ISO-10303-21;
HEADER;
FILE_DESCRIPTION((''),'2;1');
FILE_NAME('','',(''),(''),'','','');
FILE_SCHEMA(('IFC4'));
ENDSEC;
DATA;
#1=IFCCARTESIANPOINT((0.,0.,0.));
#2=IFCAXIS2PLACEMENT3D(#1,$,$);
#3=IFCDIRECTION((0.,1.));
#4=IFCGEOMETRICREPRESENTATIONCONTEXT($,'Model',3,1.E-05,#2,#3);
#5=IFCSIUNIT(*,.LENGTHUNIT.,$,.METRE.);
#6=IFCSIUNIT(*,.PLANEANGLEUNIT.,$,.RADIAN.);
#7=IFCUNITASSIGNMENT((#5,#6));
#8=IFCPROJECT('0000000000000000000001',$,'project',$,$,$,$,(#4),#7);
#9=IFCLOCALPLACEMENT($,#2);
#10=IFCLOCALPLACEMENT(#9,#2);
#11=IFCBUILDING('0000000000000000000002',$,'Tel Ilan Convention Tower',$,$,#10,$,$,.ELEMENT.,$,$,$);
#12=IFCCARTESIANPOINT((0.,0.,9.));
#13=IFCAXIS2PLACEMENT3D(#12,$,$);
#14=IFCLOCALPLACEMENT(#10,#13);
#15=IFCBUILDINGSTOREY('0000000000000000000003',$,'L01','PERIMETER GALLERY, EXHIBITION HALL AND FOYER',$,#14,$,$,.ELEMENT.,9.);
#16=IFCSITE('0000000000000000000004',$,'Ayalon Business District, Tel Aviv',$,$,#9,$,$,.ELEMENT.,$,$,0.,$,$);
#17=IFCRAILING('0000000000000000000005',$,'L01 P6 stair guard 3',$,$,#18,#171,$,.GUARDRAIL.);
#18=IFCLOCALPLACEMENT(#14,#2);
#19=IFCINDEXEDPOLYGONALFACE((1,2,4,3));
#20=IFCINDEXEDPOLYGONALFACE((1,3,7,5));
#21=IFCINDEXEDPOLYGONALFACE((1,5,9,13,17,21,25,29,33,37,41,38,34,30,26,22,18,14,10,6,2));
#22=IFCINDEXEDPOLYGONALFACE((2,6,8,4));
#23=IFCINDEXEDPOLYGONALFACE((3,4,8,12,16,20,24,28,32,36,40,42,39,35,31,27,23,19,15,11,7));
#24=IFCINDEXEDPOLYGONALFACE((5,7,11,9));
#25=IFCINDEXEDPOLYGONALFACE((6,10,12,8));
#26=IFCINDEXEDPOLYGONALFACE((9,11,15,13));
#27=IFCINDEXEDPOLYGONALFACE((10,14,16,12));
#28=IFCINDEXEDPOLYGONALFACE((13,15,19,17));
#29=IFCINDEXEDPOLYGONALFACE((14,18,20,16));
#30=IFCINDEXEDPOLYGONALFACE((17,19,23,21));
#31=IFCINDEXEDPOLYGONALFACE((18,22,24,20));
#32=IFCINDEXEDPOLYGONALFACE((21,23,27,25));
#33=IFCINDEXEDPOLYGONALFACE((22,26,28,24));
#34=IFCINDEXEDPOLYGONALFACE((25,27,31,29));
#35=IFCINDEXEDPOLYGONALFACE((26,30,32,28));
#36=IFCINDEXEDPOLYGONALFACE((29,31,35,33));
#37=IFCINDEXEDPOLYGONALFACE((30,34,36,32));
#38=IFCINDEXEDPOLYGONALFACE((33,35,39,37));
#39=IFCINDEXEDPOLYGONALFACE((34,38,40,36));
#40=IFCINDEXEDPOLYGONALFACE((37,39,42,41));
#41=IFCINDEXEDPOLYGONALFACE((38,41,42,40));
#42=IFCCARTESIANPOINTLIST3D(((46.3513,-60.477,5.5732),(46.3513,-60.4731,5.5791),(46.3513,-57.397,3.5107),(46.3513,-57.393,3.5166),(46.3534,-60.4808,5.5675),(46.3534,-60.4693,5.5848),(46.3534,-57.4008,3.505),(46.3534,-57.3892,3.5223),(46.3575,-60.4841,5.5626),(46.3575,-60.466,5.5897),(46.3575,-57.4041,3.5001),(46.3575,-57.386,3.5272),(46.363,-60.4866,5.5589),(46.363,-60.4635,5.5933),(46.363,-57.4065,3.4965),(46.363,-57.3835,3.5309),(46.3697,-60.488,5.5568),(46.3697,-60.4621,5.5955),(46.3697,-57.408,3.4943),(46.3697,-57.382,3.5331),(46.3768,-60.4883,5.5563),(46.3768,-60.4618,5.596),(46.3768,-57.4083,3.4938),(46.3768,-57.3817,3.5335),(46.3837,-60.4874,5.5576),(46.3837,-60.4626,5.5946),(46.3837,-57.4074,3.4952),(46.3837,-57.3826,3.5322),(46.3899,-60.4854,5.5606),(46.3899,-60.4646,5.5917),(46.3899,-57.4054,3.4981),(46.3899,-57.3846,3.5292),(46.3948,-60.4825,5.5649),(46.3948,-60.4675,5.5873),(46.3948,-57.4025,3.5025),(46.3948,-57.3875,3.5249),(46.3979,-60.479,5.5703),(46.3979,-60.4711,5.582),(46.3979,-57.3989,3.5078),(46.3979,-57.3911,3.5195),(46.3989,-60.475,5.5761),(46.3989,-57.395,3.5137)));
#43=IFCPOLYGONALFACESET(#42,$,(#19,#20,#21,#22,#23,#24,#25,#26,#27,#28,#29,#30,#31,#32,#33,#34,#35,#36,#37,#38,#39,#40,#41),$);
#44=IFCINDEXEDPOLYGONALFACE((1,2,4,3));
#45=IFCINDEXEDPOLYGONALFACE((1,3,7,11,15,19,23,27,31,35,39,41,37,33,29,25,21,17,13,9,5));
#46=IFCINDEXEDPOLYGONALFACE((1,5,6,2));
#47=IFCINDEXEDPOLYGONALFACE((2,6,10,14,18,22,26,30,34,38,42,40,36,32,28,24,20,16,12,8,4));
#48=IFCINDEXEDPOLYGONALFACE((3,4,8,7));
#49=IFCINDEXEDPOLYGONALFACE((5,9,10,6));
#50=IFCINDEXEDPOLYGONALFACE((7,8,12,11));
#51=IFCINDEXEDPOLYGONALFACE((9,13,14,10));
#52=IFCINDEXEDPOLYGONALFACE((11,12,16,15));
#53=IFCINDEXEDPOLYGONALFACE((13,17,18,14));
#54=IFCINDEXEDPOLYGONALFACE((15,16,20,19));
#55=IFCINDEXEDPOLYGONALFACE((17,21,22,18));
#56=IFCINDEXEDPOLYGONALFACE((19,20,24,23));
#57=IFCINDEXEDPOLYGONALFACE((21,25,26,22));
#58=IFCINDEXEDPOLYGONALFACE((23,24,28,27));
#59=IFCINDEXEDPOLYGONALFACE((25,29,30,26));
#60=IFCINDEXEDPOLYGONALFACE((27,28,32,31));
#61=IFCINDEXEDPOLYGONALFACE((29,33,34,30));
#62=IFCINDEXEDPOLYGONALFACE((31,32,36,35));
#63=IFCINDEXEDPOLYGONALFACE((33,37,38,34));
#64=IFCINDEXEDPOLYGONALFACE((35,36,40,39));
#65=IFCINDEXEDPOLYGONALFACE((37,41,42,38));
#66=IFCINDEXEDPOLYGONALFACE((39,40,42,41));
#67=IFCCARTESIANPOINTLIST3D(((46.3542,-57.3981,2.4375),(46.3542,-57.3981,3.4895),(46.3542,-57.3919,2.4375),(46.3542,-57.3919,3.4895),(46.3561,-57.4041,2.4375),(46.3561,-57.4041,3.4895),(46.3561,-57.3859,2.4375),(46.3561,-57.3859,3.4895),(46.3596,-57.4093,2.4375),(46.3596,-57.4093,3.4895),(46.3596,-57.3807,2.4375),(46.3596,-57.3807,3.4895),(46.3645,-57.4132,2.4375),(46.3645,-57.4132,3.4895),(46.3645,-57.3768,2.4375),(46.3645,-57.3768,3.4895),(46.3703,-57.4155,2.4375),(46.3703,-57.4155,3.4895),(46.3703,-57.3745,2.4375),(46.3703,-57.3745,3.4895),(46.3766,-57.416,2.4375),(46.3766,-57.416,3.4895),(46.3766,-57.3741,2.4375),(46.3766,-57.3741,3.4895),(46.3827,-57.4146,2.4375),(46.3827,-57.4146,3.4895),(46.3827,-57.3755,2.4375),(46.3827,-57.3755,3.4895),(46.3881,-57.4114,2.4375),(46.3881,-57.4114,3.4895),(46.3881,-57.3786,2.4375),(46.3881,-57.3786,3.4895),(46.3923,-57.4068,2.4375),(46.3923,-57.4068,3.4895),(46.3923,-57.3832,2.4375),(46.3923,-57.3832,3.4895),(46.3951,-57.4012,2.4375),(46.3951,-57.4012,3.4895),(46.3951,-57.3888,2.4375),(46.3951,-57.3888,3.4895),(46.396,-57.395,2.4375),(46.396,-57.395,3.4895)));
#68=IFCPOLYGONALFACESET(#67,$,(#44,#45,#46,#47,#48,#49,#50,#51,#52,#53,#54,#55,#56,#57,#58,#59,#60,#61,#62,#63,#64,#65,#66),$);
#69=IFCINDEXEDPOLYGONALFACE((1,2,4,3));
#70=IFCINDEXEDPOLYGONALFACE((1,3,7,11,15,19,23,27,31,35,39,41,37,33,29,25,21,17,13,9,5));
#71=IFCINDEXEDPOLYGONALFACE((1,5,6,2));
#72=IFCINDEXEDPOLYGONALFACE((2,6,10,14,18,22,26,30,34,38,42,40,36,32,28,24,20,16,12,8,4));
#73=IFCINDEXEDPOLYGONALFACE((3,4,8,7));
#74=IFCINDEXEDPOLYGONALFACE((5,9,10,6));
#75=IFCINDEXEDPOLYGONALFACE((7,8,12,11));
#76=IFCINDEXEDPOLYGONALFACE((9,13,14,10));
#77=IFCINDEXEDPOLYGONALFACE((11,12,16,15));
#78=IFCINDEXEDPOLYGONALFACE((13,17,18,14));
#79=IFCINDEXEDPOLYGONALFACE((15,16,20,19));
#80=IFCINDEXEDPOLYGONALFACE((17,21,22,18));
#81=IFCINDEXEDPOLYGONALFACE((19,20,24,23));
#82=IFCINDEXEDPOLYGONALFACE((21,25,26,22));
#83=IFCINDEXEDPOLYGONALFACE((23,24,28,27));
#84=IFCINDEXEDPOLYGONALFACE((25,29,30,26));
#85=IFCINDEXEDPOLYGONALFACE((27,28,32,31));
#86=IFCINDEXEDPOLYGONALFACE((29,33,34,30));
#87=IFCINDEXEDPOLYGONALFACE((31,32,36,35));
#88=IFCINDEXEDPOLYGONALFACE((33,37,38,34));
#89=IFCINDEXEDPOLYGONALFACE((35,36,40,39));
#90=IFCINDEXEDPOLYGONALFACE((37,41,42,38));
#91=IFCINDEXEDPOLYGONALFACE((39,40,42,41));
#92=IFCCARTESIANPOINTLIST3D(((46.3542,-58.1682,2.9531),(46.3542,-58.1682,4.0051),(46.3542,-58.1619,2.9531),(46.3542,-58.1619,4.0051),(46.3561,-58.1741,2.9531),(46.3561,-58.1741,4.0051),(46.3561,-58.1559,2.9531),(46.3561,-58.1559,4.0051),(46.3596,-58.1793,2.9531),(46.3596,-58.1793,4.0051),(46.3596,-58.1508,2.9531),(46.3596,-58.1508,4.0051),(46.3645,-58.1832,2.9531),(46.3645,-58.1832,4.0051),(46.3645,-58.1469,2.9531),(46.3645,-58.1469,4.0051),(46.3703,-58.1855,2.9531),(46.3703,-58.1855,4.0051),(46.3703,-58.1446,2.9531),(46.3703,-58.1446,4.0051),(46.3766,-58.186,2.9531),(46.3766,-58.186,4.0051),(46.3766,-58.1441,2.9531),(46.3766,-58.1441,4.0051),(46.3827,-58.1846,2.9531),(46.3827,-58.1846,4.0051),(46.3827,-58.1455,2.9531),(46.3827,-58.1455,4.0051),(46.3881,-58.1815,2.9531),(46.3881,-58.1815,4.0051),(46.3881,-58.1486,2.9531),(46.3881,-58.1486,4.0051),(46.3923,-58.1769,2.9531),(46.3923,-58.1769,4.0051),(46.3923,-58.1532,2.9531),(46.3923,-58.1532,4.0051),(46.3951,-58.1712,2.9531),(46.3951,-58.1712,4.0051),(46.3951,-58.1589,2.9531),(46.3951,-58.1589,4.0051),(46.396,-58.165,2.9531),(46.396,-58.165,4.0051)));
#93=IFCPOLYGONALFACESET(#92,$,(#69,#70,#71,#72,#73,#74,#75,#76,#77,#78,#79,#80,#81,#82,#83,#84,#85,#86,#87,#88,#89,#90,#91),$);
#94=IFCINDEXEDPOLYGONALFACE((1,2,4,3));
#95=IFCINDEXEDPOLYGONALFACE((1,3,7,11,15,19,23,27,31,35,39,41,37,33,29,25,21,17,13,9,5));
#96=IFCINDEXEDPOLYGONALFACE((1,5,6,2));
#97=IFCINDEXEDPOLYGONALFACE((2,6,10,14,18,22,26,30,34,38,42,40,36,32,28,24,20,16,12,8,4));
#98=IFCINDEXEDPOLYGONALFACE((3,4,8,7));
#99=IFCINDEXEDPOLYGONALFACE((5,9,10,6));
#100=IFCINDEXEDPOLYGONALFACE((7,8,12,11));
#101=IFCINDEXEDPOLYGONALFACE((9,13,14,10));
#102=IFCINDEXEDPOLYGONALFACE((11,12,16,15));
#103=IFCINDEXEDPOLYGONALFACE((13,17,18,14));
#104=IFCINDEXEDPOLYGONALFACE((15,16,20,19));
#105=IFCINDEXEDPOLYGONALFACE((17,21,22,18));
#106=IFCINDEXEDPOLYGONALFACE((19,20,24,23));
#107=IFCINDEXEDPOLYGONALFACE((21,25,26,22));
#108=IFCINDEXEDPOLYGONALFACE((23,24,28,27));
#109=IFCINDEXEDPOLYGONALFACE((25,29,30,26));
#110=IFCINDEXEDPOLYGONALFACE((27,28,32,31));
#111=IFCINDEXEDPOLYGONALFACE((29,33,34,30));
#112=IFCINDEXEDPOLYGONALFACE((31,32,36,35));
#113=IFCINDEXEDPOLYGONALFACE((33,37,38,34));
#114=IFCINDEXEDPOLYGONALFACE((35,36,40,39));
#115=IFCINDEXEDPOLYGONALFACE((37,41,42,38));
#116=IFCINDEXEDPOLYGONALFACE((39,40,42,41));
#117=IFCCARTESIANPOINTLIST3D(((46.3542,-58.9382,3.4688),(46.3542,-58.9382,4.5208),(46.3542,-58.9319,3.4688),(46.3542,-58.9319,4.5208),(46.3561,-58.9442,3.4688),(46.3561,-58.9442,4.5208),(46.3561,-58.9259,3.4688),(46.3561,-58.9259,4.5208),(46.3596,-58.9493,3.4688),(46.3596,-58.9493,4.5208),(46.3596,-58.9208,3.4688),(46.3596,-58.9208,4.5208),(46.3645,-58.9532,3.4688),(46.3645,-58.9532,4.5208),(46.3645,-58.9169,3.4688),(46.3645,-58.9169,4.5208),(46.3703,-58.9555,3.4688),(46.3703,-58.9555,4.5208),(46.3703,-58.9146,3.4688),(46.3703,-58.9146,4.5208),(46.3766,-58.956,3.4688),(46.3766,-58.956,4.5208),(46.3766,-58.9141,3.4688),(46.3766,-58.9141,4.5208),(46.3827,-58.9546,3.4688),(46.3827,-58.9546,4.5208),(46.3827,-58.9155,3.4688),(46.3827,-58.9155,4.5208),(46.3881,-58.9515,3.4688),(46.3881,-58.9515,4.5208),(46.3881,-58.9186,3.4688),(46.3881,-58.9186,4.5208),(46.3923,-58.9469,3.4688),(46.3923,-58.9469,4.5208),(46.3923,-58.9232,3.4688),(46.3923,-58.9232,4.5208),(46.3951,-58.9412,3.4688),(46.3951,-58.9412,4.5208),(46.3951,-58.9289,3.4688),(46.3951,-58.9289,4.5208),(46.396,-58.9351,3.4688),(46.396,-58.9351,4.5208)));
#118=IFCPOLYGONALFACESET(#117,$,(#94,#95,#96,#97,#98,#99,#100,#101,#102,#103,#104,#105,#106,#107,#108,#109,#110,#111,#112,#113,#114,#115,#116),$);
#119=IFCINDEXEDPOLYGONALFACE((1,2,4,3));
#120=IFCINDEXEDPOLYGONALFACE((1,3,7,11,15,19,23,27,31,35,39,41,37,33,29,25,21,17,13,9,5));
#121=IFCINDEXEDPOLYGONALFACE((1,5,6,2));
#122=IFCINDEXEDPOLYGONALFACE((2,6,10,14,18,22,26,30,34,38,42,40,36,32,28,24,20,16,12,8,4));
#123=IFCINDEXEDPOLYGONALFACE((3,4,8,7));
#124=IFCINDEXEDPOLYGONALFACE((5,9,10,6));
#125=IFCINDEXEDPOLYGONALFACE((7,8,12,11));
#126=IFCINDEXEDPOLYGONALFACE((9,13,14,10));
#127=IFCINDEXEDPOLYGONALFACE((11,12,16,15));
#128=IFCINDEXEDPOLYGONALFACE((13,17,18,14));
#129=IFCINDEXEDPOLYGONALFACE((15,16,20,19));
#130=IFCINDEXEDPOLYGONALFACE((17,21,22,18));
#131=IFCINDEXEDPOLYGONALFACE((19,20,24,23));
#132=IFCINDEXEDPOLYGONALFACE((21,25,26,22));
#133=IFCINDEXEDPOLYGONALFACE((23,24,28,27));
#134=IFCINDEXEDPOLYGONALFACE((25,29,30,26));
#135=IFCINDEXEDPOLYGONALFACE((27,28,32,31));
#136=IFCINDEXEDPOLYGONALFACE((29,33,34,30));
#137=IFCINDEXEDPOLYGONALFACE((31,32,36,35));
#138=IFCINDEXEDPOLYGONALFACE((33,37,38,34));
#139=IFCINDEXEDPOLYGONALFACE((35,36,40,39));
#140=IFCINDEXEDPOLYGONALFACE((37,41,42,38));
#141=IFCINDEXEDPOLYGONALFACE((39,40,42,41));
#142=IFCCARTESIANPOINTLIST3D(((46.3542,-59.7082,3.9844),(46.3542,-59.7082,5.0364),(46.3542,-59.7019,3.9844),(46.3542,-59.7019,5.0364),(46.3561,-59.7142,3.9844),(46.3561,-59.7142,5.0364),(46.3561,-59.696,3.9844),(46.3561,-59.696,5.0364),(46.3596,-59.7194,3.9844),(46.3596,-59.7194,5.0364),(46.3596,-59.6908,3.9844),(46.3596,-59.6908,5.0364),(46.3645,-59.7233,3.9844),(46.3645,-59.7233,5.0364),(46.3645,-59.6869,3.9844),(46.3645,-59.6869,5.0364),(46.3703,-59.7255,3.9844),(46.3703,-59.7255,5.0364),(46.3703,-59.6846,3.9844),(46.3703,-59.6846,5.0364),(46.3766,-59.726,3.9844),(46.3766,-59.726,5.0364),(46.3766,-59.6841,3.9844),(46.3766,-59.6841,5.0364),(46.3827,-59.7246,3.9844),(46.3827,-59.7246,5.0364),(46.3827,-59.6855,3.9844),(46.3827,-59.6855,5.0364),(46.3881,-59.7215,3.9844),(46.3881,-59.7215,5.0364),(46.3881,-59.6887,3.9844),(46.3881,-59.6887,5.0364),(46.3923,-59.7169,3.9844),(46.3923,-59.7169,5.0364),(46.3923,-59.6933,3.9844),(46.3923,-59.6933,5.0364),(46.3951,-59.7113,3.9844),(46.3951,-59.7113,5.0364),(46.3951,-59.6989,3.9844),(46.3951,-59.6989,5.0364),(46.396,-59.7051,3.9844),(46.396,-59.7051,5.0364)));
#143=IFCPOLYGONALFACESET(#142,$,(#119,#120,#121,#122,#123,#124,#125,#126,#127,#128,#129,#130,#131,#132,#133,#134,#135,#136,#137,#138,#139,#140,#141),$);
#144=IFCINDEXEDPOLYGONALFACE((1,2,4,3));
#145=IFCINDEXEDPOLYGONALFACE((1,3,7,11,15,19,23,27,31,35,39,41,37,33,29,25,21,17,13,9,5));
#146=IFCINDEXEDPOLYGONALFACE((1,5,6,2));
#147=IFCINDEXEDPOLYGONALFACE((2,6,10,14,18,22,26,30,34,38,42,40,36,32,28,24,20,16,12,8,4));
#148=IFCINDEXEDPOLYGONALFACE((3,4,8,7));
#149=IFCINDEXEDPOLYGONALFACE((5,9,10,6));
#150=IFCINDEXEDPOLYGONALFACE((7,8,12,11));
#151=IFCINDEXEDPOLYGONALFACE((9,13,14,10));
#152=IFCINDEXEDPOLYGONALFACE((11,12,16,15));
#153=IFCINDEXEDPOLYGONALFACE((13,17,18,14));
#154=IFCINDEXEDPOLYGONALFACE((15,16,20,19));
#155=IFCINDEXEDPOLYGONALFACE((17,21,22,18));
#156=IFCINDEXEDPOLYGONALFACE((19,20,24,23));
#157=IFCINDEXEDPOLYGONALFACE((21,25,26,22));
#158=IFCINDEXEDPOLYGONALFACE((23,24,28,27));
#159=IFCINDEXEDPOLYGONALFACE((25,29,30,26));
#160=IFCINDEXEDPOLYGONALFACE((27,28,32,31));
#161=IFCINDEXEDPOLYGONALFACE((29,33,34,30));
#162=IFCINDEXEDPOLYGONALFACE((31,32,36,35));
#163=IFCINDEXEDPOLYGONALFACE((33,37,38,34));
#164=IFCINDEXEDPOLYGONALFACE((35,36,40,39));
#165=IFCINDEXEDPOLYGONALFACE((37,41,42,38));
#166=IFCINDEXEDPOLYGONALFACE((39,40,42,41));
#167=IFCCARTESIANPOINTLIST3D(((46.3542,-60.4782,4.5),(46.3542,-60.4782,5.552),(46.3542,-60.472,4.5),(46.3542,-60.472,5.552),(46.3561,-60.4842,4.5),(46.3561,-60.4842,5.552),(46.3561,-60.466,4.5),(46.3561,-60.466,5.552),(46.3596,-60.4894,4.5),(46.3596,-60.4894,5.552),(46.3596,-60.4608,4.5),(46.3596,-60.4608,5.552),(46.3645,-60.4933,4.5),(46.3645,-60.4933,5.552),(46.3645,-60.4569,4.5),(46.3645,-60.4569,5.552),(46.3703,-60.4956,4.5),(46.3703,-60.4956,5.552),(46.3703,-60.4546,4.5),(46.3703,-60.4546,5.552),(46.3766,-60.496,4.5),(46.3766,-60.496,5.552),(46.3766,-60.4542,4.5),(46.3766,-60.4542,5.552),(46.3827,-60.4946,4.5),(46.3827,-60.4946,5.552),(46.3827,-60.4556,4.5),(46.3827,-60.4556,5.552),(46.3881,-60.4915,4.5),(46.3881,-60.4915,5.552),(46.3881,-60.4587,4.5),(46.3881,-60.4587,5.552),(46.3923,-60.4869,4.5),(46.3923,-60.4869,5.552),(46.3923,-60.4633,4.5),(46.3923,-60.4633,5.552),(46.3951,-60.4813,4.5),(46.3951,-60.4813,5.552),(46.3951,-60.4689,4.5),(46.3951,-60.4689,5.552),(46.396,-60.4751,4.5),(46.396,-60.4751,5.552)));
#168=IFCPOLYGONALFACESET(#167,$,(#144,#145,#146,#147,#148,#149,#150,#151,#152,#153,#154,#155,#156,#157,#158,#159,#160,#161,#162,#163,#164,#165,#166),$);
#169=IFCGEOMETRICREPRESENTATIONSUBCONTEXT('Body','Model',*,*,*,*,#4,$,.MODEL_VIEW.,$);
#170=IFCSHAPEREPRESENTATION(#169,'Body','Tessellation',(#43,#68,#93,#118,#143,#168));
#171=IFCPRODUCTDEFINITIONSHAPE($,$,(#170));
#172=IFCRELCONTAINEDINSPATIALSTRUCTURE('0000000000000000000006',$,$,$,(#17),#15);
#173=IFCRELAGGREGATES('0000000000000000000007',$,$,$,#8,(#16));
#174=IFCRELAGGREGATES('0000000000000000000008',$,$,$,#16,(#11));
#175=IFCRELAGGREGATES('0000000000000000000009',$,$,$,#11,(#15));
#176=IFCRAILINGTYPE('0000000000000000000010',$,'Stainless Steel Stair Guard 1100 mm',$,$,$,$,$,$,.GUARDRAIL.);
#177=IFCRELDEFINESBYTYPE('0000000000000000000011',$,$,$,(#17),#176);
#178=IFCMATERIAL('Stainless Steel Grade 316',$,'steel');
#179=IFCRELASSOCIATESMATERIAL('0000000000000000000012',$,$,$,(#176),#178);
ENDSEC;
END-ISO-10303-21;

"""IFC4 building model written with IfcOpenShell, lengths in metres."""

from ifc_helpers import new_model, si_unit, direction, frame, origin, origin_2d, place, context, subcontext, project, spatial, circle, extrude, material, type_object, element, save


model = new_model("IFC4")

# Units and contexts
model_context = context("Model", 3, precision=1e-05, world=origin(), true_north=direction((0.0, 1.0)))
body_context = subcontext(model_context, "Body", "Model", "MODEL_VIEW")
ifc_project = project(units=[si_unit("LENGTHUNIT", "METRE"), si_unit("PLANEANGLEUNIT", "RADIAN")], contexts=[model_context])

# Site, building, storey
site_placement = place(None, origin())
site = spatial("IfcSite", under=ifc_project, at=site_placement, Name="Ayalon Business District, Tel Aviv", CompositionType="ELEMENT", RefElevation=0.0)
building_placement = place(site_placement, origin())
building = spatial("IfcBuilding", under=site, at=building_placement, Name="Tel Ilan Convention Tower", CompositionType="ELEMENT")
storey_placement = place(building_placement, frame((0.0, 0.0, 9.0)))
storey = spatial("IfcBuildingStorey", under=building, at=storey_placement, Name="L01", Description="PERIMETER GALLERY, EXHIBITION HALL AND FOYER", CompositionType="ELEMENT", Elevation=9.0)

# Railing
ifc_material_1 = material(Name="Stainless Steel Grade 316", Category="steel")
railing_type_1 = type_object("IfcRailingType", Name="Stainless Steel Stair Guard 1100 mm", PredefinedType="GUARDRAIL", material=ifc_material_1)
railing_1_placement = place(storey_placement, frame((46.375, -57.395, 2.4375)))
element("IfcRailing", 1, at=railing_1_placement, inside=storey, type_object=railing_type_1, Name="L01 P6 stair guard 3", PredefinedType="GUARDRAIL", context=body_context, shape_type="SweptSolid", body=[
    extrude(circle(Radius=0.0239, at=origin_2d()), frame((0.0, 0.0, 1.0762), z_axis=(0.0, -0.830914, 0.556401), x_axis=(1.0, 0.0, 0.0)), (0.0, 0.0, 1.0), 3.7068),
    extrude(circle(Radius=0.021, at=origin_2d()), origin(), (0.0, 0.0, 1.0), 1.052),
    extrude(circle(Radius=0.021, at=origin_2d()), frame((0.0, -0.77, 0.5156)), (0.0, 0.0, 1.0), 1.052),
    extrude(circle(Radius=0.021, at=origin_2d()), frame((0.0, -1.54, 1.0312)), (0.0, 0.0, 1.0), 1.052),
    extrude(circle(Radius=0.021, at=origin_2d()), frame((0.0, -2.3101, 1.5469)), (0.0, 0.0, 1.0), 1.052),
    extrude(circle(Radius=0.021, at=origin_2d()), frame((0.0, -3.0801, 2.0625)), (0.0, 0.0, 1.0), 1.052),
])

save(model, "model.ifc")
